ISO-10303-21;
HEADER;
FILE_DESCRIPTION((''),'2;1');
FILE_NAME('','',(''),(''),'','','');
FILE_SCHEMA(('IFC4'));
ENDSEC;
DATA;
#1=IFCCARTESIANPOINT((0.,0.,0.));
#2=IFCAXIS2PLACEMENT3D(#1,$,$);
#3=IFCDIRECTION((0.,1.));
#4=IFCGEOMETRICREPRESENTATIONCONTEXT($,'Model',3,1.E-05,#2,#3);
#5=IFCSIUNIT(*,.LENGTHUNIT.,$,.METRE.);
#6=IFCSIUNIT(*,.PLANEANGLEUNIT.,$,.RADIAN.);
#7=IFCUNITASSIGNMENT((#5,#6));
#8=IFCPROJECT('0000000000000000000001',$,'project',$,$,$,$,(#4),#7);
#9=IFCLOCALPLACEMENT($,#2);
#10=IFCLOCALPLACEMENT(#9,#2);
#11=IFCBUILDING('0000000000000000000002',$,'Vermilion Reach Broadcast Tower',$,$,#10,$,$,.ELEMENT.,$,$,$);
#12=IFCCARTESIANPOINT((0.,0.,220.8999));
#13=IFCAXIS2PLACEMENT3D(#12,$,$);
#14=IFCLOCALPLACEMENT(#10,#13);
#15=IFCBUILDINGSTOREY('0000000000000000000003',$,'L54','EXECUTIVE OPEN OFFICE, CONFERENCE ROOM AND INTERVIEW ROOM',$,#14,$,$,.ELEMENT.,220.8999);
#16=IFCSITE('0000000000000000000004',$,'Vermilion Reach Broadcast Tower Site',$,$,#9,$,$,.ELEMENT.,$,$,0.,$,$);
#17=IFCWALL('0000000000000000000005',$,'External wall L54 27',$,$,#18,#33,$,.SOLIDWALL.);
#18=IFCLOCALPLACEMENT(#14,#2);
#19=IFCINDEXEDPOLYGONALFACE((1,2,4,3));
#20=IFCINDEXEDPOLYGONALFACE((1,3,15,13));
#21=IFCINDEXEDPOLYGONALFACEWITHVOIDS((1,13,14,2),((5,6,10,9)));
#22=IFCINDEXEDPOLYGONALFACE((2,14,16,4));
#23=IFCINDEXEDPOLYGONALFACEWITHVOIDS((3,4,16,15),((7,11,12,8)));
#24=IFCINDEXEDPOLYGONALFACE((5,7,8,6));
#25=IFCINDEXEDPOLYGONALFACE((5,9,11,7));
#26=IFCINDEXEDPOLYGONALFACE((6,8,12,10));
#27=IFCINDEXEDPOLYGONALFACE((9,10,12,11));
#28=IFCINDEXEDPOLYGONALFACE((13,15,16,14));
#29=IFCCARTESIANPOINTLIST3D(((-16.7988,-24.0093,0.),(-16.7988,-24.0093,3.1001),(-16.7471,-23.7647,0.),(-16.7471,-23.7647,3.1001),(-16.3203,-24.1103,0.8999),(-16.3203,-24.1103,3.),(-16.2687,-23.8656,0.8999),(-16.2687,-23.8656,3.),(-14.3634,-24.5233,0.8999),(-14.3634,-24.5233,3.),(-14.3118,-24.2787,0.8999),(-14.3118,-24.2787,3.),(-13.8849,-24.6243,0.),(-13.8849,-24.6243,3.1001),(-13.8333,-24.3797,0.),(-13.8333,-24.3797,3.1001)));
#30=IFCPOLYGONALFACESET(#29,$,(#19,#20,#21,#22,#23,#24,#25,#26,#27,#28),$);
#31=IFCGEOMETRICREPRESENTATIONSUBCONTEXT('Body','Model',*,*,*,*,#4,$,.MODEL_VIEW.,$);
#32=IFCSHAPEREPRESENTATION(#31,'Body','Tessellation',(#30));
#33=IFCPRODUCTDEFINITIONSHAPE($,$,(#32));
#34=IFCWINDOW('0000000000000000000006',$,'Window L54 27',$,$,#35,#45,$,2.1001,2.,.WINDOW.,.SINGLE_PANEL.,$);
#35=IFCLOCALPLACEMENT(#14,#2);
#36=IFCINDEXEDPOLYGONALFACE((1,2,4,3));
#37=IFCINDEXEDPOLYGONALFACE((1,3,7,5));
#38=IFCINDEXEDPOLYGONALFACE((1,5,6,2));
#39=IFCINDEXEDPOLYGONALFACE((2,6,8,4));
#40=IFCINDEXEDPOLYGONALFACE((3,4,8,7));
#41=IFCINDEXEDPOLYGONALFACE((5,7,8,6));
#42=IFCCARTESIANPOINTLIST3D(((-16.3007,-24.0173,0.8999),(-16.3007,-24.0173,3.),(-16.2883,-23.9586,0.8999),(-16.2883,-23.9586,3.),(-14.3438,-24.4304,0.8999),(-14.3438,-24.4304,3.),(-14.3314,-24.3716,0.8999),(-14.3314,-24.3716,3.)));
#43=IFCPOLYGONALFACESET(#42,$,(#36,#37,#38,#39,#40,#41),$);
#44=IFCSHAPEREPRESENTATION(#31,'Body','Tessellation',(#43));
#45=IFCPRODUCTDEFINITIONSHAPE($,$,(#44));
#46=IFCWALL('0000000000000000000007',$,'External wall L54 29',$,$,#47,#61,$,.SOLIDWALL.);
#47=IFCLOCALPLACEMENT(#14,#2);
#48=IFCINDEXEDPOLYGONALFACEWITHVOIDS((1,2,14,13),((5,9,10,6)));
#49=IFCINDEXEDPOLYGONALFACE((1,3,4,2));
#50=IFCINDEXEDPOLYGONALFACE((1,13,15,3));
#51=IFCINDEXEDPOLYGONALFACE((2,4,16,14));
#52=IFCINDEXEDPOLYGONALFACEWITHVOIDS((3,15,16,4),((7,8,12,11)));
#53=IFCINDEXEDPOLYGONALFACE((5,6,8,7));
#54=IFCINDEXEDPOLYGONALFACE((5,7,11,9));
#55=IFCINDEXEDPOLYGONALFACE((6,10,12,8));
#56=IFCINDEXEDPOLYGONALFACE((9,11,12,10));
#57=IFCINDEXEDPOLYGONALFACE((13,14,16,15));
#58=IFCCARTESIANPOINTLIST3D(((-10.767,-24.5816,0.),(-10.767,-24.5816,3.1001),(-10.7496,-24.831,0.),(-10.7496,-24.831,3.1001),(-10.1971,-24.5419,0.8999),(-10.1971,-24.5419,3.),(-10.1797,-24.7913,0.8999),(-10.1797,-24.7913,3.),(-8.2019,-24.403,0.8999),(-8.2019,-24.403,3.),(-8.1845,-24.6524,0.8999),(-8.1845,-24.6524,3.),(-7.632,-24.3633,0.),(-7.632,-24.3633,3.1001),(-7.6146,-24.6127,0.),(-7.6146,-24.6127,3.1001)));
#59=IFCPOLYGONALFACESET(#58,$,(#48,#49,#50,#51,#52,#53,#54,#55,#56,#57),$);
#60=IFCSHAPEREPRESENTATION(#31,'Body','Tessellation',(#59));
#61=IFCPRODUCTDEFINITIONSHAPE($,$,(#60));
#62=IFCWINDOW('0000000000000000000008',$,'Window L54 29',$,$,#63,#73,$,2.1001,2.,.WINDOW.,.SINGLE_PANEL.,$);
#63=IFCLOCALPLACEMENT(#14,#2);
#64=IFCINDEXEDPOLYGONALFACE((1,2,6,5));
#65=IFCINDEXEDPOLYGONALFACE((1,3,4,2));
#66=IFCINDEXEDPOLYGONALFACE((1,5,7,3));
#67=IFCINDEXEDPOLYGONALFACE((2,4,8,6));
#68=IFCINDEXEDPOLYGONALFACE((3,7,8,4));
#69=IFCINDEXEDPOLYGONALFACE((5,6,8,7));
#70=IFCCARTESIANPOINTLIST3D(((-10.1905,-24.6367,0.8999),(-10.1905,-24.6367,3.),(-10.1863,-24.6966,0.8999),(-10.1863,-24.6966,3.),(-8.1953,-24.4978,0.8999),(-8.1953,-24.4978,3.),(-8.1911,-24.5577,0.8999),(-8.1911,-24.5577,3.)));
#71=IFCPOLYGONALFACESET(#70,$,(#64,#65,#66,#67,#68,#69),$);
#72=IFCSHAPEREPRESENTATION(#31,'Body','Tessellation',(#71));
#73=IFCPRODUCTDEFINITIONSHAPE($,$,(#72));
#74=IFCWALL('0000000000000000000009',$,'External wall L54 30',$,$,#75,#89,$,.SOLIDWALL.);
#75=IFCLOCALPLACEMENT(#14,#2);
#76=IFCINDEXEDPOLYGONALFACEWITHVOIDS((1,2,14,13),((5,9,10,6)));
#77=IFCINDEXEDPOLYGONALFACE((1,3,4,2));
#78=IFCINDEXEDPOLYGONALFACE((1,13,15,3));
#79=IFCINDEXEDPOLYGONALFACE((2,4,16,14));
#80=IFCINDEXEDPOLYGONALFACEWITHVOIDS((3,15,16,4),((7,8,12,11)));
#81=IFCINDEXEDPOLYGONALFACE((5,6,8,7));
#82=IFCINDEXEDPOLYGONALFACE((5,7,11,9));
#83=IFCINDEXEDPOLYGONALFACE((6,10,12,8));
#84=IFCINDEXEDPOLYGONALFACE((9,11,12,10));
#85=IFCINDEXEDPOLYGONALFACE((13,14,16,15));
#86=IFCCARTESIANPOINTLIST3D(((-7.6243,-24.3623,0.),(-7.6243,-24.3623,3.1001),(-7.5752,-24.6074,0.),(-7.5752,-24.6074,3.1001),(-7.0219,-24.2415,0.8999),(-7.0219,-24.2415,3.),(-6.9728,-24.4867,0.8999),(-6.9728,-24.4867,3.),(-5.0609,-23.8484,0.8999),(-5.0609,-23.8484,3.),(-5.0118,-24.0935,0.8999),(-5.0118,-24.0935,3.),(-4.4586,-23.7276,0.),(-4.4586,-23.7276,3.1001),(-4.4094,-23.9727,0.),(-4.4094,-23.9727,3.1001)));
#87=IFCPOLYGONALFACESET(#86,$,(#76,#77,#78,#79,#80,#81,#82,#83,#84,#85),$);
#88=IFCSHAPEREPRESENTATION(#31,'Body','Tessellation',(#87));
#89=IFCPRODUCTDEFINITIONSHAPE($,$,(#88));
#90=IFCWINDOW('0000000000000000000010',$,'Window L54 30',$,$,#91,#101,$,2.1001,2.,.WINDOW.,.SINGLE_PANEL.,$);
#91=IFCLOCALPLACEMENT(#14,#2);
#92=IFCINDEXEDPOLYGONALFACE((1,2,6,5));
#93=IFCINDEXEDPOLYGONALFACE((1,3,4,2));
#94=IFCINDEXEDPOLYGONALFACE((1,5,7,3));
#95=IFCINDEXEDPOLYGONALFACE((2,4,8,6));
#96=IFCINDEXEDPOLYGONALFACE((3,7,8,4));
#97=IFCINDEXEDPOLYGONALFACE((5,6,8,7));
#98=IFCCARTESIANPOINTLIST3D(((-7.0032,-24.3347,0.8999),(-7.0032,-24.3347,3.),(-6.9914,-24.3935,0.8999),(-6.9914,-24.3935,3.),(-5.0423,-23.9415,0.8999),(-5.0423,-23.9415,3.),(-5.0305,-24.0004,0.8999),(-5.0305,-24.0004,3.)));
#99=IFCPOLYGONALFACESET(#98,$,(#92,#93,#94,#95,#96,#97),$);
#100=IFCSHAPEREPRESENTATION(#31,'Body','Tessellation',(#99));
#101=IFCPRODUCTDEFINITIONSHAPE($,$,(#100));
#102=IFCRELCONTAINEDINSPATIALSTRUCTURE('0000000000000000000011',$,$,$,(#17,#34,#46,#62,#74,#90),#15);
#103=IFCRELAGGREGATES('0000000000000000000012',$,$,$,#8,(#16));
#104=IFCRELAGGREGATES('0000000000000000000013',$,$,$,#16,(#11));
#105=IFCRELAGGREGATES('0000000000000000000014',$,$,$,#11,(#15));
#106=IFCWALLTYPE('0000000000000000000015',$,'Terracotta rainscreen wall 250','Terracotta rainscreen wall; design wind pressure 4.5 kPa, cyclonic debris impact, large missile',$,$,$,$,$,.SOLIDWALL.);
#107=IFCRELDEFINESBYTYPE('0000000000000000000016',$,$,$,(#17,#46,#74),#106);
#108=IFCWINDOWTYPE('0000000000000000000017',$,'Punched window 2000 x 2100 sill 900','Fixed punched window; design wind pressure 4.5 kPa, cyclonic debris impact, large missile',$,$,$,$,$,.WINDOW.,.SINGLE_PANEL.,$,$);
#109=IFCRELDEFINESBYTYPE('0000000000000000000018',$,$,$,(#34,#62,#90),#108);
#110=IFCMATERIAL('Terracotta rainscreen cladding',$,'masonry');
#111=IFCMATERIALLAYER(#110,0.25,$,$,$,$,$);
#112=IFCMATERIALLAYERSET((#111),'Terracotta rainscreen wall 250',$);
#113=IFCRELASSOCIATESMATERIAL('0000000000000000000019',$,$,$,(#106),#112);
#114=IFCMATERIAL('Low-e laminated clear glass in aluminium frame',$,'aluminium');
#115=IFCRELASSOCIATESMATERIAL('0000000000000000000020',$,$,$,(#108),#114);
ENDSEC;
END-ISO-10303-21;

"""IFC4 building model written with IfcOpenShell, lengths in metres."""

from ifc_helpers import new_model, si_unit, direction, frame, frame_2d, origin, place, context, subcontext, project, spatial, rectangle, extrude, material, layer, layer_set, type_object, element, fill, save


model = new_model("IFC4")

# Units and contexts
model_context = context("Model", 3, precision=1e-05, world=origin(), true_north=direction((0.0, 1.0)))
body_context = subcontext(model_context, "Body", "Model", "MODEL_VIEW")
ifc_project = project(units=[si_unit("LENGTHUNIT", "METRE"), si_unit("PLANEANGLEUNIT", "RADIAN")], contexts=[model_context])

# Site, building, storey
site_placement = place(None, origin())
site = spatial("IfcSite", under=ifc_project, at=site_placement, Name="Vermilion Reach Broadcast Tower Site", CompositionType="ELEMENT", RefElevation=0.0)
building_placement = place(site_placement, origin())
building = spatial("IfcBuilding", under=site, at=building_placement, Name="Vermilion Reach Broadcast Tower", CompositionType="ELEMENT")
storey_placement = place(building_placement, frame((0.0, 0.0, 220.8999)))
storey = spatial("IfcBuildingStorey", under=building, at=storey_placement, Name="L54", Description="EXECUTIVE OPEN OFFICE, CONFERENCE ROOM AND INTERVIEW ROOM", CompositionType="ELEMENT", Elevation=220.8999)

# Shared definitions
ifc_material_1 = material(Name="Terracotta rainscreen cladding", Category="masonry")
ifc_layer_1 = layer(ifc_material_1, 0.25)
ifc_layer_set_1 = layer_set([ifc_layer_1], Name="Terracotta rainscreen wall 250")
wall_type_1 = type_object("IfcWallType", Name="Terracotta rainscreen wall 250", Description="Terracotta rainscreen wall; design wind pressure 4.5 kPa, cyclonic debris impact, large missile", PredefinedType="SOLIDWALL", material=ifc_layer_set_1)

# Wall, opening, window
wall_1_placement = place(storey_placement, frame((-16.7729, -23.887, 0.0), z_axis=(0.0, 0.0, 1.0), x_axis=(0.978444, -0.20651, 0.0)))
wall_1 = element("IfcWall", 1, at=wall_1_placement, inside=storey, type_object=wall_type_1, Name="External wall L54 27", PredefinedType="SOLIDWALL", context=body_context, shape_type="SweptSolid", body=[
    extrude(rectangle(XDim=2.978, YDim=0.25, at=frame_2d((1.489, 0.0))), origin(), (0.0, 0.0, 1.0), 3.1001),
])
opening_1_placement = place(wall_1_placement, frame((0.489, 0.0, 0.8999)))
opening_1 = element("IfcOpeningElement", 2, at=opening_1_placement, cuts=wall_1, PredefinedType="OPENING", context=body_context, shape_type="SweptSolid", body=[
    extrude(rectangle(XDim=2.0, YDim=2.1001, at=frame_2d((1.0, 1.05))), frame((0.0, 0.135, 0.0), z_axis=(0.0, -1.0, 0.0), x_axis=(1.0, 0.0, 0.0)), (0.0, 0.0, 1.0), 0.27),
])
ifc_material_2 = material(Name="Low-e laminated clear glass in aluminium frame", Category="aluminium")
window_type = type_object("IfcWindowType", Name="Punched window 2000 x 2100 sill 900", Description="Fixed punched window; design wind pressure 4.5 kPa, cyclonic debris impact, large missile", PartitioningType="SINGLE_PANEL", PredefinedType="WINDOW", material=ifc_material_2)
window_1_placement = place(opening_1_placement, origin())
window_1 = element("IfcWindow", 3, at=window_1_placement, inside=storey, type_object=window_type, Name="Window L54 27", OverallHeight=2.1001, OverallWidth=2.0, PartitioningType="SINGLE_PANEL", PredefinedType="WINDOW", context=body_context, shape_type="SweptSolid", body=[
    extrude(rectangle(XDim=2.0, YDim=2.1001, at=frame_2d((1.0, 1.05))), frame((0.0, 0.03, 0.0), z_axis=(0.0, -1.0, 0.0), x_axis=(1.0, 0.0, 0.0)), (0.0, 0.0, 1.0), 0.0601),
])
fill(opening_1, window_1)

# Walls, openings, windows
wall_2_placement = place(storey_placement, frame((-10.7583, -24.7063, 0.0), z_axis=(0.0, 0.0, 1.0), x_axis=(0.997585, 0.069453, 0.0)))
wall_2 = element("IfcWall", 4, at=wall_2_placement, inside=storey, type_object=wall_type_1, Name="External wall L54 29", PredefinedType="SOLIDWALL", context=body_context, shape_type="SweptSolid", body=[
    extrude(rectangle(XDim=3.1426, YDim=0.25, at=frame_2d((1.5713, 0.0))), origin(), (0.0, 0.0, 1.0), 3.1001),
])
opening_2_placement = place(wall_2_placement, frame((0.5713, 0.0, 0.8999)))
opening_2 = element("IfcOpeningElement", 5, at=opening_2_placement, cuts=wall_2, PredefinedType="OPENING", context=body_context, shape_type="SweptSolid", body=[
    extrude(rectangle(XDim=2.0, YDim=2.1001, at=frame_2d((1.0, 1.05))), frame((0.0, 0.135, 0.0), z_axis=(0.0, -1.0, 0.0), x_axis=(1.0, 0.0, 0.0)), (0.0, 0.0, 1.0), 0.27),
])
window_2_placement = place(opening_2_placement, origin())
window_2 = element("IfcWindow", 6, at=window_2_placement, inside=storey, type_object=window_type, Name="Window L54 29", OverallHeight=2.1001, OverallWidth=2.0, PartitioningType="SINGLE_PANEL", PredefinedType="WINDOW", context=body_context, shape_type="SweptSolid", body=[
    extrude(rectangle(XDim=2.0, YDim=2.1001, at=frame_2d((1.0, 1.05))), frame((0.0, 0.03, 0.0), z_axis=(0.0, -1.0, 0.0), x_axis=(1.0, 0.0, 0.0)), (0.0, 0.0, 1.0), 0.0601),
])
fill(opening_2, window_2)
wall_3_placement = place(storey_placement, frame((-7.5996, -24.4849, 0.0), z_axis=(0.0, 0.0, 1.0), x_axis=(0.980485, 0.196596, 0.0)))
wall_3 = element("IfcWall", 7, at=wall_3_placement, inside=storey, type_object=wall_type_1, Name="External wall L54 30", PredefinedType="SOLIDWALL", context=body_context, shape_type="SweptSolid", body=[
    extrude(rectangle(XDim=3.2288, YDim=0.25, at=frame_2d((1.6143, 0.0))), origin(), (0.0, 0.0, 1.0), 3.1001),
])
opening_3_placement = place(wall_3_placement, frame((0.6143, 0.0, 0.8999)))
opening_3 = element("IfcOpeningElement", 8, at=opening_3_placement, cuts=wall_3, PredefinedType="OPENING", context=body_context, shape_type="SweptSolid", body=[
    extrude(rectangle(XDim=2.0, YDim=2.1001, at=frame_2d((1.0, 1.05))), frame((0.0, 0.135, 0.0), z_axis=(0.0, -1.0, 0.0), x_axis=(1.0, 0.0, 0.0)), (0.0, 0.0, 1.0), 0.27),
])
window_3_placement = place(opening_3_placement, origin())
window_3 = element("IfcWindow", 9, at=window_3_placement, inside=storey, type_object=window_type, Name="Window L54 30", OverallHeight=2.1001, OverallWidth=2.0, PartitioningType="SINGLE_PANEL", PredefinedType="WINDOW", context=body_context, shape_type="SweptSolid", body=[
    extrude(rectangle(XDim=2.0, YDim=2.1001, at=frame_2d((1.0, 1.05))), frame((0.0, 0.03, 0.0), z_axis=(0.0, -1.0, 0.0), x_axis=(1.0, 0.0, 0.0)), (0.0, 0.0, 1.0), 0.0601),
])
fill(opening_3, window_3)

save(model, "model.ifc")
